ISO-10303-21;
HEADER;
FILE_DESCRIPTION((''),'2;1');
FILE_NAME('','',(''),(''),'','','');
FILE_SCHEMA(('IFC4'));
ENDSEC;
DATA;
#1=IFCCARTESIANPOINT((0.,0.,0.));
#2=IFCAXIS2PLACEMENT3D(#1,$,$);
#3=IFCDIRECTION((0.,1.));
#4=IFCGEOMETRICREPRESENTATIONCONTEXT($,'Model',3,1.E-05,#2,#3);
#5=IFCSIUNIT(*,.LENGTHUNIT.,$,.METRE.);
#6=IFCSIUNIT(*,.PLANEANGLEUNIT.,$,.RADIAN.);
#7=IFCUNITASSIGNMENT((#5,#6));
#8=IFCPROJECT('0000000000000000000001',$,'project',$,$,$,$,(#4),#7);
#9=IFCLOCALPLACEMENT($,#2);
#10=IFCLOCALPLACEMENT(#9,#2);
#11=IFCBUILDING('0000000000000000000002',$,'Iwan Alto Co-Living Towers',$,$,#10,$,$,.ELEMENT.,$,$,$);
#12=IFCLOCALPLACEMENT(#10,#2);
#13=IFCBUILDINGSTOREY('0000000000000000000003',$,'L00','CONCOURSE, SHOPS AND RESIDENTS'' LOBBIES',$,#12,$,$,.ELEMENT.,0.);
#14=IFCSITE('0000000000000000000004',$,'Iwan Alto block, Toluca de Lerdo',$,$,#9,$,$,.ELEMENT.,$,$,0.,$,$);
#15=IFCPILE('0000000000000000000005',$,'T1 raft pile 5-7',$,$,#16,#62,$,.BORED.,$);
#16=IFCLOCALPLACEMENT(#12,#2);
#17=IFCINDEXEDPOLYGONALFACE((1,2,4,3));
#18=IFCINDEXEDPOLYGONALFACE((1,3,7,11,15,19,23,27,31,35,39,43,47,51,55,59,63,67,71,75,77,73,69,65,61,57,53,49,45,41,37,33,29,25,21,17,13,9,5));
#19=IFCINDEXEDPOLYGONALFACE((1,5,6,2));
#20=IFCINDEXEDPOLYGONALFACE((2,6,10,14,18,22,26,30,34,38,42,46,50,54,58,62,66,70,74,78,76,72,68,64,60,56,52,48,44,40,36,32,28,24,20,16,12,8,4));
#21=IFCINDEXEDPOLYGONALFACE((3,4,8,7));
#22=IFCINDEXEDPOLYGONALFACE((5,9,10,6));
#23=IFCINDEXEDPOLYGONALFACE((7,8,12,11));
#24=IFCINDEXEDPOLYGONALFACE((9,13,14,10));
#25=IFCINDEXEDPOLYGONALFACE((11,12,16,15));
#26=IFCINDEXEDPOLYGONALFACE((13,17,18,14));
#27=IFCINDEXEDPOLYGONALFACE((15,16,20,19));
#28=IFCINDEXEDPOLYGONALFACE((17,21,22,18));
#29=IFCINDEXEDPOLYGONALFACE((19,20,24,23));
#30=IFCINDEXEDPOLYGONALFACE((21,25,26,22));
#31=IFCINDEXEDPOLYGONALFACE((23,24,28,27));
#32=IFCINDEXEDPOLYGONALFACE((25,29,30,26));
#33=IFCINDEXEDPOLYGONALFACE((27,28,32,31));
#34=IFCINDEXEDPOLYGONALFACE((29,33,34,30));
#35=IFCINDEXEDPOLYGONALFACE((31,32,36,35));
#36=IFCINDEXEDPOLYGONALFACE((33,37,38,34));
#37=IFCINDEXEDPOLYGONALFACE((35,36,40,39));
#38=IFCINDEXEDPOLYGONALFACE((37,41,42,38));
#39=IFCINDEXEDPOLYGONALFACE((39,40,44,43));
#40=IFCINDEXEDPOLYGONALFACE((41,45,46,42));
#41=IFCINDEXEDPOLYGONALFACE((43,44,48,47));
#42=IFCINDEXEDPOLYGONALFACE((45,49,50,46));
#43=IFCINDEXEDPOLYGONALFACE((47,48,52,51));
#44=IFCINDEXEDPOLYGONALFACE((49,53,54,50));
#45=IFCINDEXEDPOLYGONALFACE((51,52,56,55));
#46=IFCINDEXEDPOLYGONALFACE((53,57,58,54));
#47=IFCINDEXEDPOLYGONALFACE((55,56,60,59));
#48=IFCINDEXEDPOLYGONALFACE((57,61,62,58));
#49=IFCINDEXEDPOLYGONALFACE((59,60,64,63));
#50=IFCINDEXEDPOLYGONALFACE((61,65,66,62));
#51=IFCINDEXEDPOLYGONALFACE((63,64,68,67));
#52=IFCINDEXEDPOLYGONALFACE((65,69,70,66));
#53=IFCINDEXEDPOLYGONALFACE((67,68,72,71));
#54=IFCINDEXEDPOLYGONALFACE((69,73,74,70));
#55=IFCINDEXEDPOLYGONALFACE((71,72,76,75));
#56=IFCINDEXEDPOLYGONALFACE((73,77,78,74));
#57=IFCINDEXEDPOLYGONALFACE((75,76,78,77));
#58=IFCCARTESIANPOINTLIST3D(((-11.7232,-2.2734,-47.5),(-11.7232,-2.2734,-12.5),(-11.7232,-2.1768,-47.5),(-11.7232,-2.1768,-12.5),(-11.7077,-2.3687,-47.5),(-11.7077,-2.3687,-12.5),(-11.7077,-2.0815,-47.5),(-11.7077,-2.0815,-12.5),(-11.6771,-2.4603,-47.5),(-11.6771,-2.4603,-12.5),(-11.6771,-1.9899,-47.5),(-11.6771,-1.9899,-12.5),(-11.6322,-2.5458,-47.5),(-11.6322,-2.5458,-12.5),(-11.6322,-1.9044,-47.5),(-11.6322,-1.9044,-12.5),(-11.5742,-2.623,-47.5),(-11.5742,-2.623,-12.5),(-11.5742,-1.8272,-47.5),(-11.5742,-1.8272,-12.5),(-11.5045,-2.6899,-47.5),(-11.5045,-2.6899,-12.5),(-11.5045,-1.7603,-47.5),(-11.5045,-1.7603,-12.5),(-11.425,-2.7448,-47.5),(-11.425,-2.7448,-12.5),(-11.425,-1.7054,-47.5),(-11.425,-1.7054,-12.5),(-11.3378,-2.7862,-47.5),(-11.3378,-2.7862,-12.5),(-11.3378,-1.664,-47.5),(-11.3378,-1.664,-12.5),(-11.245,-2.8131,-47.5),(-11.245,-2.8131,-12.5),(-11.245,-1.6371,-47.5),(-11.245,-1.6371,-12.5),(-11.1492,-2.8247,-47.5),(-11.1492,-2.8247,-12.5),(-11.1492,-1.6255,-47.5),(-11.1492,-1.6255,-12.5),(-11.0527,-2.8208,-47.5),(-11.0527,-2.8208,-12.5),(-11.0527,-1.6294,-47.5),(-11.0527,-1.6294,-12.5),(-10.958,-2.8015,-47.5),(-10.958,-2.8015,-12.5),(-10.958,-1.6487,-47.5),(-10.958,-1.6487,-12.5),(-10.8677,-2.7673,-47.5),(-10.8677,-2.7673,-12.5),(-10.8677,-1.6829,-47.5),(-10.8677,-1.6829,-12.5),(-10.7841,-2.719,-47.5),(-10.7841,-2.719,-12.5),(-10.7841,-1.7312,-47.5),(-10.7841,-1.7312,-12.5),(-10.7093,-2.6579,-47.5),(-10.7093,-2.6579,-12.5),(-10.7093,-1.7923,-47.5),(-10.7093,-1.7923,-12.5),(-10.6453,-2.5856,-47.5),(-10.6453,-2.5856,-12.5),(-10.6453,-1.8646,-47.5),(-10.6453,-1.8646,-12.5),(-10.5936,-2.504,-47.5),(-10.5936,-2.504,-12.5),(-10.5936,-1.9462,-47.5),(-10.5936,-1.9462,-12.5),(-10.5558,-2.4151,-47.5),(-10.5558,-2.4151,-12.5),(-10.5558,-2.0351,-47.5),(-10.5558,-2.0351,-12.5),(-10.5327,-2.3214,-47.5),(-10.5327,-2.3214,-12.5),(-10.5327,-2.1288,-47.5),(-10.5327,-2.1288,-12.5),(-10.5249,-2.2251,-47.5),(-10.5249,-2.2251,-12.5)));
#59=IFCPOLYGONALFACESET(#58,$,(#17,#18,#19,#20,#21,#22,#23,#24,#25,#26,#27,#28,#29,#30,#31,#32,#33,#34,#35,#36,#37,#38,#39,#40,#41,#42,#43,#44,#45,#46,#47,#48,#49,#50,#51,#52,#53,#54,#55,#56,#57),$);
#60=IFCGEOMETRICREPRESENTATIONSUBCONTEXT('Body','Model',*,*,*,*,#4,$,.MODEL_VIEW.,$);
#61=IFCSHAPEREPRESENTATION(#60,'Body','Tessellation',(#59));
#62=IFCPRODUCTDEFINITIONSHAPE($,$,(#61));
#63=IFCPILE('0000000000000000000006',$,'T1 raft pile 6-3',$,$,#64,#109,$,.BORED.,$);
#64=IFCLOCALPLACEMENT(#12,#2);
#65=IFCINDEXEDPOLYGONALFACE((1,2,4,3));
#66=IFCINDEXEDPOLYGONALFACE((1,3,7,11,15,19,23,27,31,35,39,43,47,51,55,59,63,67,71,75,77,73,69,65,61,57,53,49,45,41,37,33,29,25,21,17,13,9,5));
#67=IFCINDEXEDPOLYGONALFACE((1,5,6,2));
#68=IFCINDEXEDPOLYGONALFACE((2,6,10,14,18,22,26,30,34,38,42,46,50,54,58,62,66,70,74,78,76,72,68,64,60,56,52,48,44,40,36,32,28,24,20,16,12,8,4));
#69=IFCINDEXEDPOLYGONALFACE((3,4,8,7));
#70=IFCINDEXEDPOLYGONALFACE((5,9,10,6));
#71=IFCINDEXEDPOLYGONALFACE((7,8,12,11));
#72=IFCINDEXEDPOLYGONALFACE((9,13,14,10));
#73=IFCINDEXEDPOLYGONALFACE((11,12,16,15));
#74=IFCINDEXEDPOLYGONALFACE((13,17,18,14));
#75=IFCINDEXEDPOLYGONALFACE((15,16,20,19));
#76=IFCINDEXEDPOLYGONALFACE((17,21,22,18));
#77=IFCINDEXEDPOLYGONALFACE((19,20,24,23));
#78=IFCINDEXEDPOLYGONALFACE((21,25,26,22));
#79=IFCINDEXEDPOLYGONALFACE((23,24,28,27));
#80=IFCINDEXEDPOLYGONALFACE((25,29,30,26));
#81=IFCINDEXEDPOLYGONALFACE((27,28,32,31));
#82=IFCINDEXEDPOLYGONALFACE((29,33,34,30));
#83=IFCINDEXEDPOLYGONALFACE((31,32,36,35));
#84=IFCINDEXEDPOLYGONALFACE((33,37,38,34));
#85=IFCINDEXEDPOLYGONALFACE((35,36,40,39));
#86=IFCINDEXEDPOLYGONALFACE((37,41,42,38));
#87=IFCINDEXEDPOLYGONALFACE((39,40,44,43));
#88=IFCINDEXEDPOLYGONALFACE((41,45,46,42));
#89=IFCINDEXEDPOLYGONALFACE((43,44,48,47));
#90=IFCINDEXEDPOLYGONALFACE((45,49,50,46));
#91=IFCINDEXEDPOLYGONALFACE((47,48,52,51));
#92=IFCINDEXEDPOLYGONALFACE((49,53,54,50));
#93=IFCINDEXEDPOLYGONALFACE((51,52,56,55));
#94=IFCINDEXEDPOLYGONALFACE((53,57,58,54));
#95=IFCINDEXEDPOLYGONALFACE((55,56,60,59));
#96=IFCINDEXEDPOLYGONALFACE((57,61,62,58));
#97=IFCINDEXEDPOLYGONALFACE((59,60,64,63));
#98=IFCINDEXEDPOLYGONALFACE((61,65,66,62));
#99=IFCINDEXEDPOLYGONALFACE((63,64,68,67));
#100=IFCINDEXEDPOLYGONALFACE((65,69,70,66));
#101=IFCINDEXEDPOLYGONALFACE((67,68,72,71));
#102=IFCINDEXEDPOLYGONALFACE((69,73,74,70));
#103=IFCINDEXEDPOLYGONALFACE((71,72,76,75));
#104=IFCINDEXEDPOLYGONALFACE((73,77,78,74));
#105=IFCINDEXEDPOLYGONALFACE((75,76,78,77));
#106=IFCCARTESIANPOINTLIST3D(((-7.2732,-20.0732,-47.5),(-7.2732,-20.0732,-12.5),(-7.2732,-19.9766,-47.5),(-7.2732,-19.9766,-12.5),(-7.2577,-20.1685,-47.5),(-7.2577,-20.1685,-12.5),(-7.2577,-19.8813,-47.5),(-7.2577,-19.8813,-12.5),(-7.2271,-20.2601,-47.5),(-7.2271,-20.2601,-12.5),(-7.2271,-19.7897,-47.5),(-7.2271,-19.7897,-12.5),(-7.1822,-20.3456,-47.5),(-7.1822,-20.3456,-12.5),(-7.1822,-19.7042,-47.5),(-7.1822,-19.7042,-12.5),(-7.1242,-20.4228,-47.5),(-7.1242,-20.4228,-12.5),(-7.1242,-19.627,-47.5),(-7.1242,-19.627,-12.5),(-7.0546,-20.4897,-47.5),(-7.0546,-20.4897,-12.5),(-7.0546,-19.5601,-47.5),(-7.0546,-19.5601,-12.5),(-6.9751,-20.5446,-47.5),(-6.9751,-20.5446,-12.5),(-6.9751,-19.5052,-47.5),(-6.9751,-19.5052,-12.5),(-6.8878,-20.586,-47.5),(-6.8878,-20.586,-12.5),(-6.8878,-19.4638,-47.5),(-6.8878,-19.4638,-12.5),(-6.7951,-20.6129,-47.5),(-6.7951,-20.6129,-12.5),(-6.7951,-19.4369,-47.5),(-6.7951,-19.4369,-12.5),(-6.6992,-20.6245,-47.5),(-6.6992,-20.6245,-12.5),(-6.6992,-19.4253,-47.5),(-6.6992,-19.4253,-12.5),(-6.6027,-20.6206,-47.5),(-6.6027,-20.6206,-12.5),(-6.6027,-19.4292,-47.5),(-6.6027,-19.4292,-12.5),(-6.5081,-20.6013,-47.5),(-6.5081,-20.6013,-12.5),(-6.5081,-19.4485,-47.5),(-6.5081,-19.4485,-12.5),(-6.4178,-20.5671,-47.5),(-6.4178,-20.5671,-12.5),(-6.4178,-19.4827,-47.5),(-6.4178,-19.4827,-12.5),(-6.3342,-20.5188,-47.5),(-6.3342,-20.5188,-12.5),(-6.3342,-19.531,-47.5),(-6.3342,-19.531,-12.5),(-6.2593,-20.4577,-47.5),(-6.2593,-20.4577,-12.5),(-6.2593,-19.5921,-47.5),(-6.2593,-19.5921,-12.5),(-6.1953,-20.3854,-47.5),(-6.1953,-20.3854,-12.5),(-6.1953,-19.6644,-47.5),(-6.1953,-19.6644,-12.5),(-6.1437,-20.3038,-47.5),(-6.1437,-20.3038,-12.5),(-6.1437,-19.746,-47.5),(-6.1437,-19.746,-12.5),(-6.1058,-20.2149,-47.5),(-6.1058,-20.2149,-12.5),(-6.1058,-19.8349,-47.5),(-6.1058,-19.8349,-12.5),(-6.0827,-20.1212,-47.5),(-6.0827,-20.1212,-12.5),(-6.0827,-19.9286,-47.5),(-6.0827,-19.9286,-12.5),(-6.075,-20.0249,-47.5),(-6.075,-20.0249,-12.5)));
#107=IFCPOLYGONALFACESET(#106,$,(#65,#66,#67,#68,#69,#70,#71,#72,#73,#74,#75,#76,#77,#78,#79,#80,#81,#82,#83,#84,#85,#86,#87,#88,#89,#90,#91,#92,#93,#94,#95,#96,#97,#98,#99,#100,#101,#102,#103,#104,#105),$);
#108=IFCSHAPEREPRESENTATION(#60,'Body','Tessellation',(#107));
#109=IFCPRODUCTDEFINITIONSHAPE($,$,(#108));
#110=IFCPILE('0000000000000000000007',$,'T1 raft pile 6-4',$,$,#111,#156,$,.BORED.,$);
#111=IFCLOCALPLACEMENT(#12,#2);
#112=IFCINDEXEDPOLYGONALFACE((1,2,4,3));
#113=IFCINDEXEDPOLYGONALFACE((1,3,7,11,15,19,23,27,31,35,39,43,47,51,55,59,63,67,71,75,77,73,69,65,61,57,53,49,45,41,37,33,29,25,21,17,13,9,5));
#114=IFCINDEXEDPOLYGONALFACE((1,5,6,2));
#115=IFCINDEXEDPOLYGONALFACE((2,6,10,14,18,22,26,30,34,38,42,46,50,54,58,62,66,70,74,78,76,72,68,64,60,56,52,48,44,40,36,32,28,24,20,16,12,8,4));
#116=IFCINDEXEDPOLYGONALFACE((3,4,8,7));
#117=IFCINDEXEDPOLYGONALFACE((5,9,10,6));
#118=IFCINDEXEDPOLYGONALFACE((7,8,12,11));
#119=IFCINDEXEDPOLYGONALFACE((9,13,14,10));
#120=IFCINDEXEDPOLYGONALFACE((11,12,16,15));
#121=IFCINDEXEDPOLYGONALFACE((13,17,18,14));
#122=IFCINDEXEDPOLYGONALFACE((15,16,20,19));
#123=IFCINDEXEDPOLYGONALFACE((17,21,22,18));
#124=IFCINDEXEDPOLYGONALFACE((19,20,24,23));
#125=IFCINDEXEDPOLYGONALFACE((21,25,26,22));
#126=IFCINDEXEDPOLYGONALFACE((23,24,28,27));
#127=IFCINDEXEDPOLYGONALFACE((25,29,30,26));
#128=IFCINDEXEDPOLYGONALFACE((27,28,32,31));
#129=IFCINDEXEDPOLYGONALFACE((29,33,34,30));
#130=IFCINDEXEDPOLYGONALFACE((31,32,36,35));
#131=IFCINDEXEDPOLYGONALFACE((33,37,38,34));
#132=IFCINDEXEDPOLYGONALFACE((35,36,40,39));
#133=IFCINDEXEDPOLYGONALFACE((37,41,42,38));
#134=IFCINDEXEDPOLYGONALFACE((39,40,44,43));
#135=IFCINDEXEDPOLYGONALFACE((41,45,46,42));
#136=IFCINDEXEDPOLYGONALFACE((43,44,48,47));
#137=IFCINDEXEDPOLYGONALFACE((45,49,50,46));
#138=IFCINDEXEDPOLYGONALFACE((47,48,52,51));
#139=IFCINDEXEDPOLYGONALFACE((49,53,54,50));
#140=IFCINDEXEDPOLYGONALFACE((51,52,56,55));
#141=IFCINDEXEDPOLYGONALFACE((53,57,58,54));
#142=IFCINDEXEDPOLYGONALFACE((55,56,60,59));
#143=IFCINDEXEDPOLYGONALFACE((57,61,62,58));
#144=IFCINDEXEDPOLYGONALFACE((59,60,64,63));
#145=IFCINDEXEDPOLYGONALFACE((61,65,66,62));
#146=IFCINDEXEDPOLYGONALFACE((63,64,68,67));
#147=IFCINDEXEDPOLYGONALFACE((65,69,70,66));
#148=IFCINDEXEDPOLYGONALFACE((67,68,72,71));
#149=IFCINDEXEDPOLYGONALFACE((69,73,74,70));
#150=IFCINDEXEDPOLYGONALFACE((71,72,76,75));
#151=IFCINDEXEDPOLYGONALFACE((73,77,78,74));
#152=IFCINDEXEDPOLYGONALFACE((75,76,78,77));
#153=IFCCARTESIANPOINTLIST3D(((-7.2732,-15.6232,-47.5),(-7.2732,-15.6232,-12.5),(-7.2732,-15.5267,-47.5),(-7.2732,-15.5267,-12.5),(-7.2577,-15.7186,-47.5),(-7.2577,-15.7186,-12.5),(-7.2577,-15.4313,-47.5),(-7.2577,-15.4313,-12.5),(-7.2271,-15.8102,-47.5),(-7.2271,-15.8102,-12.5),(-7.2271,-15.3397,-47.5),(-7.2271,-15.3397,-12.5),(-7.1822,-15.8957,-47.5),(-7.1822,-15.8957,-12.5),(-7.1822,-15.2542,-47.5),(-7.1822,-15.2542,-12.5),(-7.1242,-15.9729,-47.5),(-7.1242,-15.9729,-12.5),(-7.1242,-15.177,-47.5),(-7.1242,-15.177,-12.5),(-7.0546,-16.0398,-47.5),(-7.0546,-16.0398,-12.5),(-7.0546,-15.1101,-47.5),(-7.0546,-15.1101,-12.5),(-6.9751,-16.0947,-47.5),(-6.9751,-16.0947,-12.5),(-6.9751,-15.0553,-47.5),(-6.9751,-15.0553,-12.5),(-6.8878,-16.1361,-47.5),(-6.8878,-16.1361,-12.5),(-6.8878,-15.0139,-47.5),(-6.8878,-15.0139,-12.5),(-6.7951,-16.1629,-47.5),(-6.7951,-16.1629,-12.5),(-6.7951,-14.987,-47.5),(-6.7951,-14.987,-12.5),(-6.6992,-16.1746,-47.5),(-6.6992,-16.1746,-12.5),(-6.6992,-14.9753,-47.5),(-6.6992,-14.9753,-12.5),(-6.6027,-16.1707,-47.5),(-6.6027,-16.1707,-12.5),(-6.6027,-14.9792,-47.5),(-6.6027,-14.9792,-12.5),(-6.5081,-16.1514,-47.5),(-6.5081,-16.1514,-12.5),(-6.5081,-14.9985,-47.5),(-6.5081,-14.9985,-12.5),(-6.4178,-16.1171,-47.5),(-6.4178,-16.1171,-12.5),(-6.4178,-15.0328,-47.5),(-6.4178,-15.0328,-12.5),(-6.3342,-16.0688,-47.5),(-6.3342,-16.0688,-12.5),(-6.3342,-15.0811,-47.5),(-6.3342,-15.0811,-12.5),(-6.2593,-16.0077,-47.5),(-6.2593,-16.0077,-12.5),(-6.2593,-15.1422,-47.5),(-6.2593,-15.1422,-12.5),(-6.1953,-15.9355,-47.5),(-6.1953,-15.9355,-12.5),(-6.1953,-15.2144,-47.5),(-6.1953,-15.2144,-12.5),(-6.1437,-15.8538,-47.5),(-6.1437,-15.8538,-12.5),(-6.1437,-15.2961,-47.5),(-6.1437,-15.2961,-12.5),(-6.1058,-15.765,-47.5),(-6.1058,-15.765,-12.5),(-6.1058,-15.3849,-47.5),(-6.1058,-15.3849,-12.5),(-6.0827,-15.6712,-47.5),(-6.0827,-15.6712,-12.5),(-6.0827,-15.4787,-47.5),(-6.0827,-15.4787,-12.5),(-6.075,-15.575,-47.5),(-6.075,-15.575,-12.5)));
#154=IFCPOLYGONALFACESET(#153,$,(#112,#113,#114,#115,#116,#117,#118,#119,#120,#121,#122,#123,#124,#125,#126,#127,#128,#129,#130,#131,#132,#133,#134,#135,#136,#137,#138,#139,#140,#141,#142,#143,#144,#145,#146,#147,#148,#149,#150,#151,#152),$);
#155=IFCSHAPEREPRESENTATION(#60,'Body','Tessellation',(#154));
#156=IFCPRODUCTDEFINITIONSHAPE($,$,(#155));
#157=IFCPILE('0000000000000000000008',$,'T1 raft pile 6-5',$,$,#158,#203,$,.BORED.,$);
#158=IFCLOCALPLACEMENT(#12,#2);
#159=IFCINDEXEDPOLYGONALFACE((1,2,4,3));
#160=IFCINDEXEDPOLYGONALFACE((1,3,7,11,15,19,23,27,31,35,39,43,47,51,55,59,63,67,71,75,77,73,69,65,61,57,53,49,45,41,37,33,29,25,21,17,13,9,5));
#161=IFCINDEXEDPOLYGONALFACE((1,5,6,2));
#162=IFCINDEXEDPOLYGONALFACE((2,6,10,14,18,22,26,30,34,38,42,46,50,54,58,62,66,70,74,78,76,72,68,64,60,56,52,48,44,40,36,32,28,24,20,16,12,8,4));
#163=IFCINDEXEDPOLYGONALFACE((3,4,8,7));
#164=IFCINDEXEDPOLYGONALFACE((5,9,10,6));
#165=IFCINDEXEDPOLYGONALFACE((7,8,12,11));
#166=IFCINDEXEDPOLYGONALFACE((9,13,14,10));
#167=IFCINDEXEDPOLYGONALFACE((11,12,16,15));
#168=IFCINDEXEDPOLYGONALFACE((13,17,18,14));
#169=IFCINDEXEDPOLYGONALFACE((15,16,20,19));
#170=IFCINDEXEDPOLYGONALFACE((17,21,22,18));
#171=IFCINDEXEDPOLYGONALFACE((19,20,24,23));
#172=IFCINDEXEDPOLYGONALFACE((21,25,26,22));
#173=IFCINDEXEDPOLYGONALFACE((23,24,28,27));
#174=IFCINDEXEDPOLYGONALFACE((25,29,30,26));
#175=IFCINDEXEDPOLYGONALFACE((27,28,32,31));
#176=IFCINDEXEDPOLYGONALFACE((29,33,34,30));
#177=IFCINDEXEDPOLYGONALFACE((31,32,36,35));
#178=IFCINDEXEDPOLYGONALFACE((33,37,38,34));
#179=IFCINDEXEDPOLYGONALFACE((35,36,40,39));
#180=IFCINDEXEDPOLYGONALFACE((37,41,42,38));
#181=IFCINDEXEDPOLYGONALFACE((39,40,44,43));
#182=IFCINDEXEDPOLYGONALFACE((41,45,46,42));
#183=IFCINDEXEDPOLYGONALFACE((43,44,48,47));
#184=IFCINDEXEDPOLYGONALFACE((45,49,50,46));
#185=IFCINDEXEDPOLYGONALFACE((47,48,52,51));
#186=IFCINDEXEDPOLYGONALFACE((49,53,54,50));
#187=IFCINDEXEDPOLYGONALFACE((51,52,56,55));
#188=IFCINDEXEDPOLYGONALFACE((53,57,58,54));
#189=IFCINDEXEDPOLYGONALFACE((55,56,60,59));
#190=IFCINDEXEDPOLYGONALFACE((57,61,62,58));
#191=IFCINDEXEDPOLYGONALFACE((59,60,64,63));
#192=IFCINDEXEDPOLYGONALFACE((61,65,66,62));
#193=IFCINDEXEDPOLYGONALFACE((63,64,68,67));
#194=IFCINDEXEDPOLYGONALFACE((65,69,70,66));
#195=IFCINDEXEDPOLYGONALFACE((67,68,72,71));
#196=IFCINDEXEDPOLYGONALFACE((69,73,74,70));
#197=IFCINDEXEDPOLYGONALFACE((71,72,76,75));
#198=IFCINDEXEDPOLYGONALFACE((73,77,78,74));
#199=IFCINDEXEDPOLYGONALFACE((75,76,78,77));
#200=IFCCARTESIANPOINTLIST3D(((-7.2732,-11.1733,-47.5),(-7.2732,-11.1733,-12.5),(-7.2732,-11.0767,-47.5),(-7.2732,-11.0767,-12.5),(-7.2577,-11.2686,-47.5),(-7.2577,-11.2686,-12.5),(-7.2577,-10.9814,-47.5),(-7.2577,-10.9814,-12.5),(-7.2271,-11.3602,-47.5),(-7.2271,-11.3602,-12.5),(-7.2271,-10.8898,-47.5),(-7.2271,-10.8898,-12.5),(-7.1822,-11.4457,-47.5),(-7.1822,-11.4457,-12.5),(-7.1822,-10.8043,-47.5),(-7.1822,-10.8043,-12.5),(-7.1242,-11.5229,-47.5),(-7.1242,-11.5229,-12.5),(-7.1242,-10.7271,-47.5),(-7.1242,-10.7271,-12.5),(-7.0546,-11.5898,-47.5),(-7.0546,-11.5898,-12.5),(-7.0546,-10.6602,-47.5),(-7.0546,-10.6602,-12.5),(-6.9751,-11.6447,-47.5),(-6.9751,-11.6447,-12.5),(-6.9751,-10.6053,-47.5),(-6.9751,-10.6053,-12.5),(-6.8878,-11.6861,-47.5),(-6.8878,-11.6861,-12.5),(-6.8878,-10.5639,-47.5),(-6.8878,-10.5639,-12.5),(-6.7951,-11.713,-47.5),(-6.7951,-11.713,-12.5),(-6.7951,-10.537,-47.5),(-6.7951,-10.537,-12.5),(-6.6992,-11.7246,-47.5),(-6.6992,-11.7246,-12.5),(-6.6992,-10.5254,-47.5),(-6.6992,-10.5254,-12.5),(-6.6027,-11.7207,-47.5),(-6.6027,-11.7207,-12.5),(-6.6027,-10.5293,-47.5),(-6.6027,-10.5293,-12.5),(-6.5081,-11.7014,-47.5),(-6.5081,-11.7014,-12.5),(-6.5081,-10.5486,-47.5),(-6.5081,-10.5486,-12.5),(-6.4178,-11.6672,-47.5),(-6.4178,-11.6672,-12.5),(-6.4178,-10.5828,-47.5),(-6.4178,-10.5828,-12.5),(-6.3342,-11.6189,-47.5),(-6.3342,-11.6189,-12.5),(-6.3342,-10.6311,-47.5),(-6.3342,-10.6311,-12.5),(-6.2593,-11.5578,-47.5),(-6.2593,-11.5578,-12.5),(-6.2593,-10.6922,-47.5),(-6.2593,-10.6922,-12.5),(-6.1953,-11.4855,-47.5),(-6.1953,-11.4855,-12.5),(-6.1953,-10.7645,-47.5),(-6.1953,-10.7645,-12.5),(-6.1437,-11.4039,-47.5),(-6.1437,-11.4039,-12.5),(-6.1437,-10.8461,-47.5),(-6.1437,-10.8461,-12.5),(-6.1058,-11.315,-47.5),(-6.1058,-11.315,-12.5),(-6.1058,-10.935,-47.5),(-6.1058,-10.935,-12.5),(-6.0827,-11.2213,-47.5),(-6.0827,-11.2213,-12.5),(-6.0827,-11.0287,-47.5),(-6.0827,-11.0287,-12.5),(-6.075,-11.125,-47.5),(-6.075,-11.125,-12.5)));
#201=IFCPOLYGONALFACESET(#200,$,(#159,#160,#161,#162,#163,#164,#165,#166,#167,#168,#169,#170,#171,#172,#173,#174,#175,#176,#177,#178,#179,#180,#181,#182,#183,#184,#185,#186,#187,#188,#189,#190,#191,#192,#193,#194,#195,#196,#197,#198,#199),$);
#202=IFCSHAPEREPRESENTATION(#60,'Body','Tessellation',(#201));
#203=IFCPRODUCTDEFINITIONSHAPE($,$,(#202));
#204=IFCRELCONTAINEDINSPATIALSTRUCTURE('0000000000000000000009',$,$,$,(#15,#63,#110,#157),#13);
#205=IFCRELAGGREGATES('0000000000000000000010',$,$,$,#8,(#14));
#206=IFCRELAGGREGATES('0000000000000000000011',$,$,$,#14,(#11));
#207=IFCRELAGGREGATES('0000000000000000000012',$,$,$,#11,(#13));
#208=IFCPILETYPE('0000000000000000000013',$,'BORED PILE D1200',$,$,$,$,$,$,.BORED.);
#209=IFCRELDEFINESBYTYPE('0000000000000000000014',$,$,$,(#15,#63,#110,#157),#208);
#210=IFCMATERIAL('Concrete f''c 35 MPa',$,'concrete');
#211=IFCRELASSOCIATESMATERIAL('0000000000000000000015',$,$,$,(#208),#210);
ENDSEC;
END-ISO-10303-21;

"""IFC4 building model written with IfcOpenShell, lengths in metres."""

from ifc_helpers import new_model, si_unit, direction, frame, origin, origin_2d, place, context, subcontext, project, spatial, circle, extrude, material, material_profile, profile_set, type_object, element, save


model = new_model("IFC4")

# Units and contexts
model_context = context("Model", 3, precision=1e-05, world=origin(), true_north=direction((0.0, 1.0)))
body_context = subcontext(model_context, "Body", "Model", "MODEL_VIEW")
ifc_project = project(units=[si_unit("LENGTHUNIT", "METRE"), si_unit("PLANEANGLEUNIT", "RADIAN")], contexts=[model_context])

# Site, building, storey
site_placement = place(None, origin())
site = spatial("IfcSite", under=ifc_project, at=site_placement, Name="Iwan Alto block, Toluca de Lerdo", CompositionType="ELEMENT", RefElevation=0.0)
building_placement = place(site_placement, origin())
building = spatial("IfcBuilding", under=site, at=building_placement, Name="Iwan Alto Co-Living Towers", CompositionType="ELEMENT")
storey_placement = place(building_placement, origin())
storey = spatial("IfcBuildingStorey", under=building, at=storey_placement, Name="L00", Description="CONCOURSE, SHOPS AND RESIDENTS' LOBBIES", CompositionType="ELEMENT", Elevation=0.0)

# Piles
ifc_material_1 = material(Name="Concrete f'c 35 MPa", Category="concrete")
ifc_material_profile_1 = material_profile(ifc_material_1, circle(Radius=0.6001, at=origin_2d()), Name="D1200")
ifc_profile_set_1 = profile_set([ifc_material_profile_1], Name="Concrete f'c 35 MPa")
pile_type = type_object("IfcPileType", Name="BORED PILE D1200", PredefinedType="BORED", material=ifc_profile_set_1)
for number, where, z_axis, x_axis, name in (
    (1, (-11.125, -2.2251, -12.5), (0.0, 0.0, -1.0), (1.0, 0.0, 0.0), "T1 raft pile 5-7"),
    (2, (-6.675, -20.0249, -12.5), (0.0, 0.0, -1.0), (1.0, 0.0, 0.0), "T1 raft pile 6-3"),
    (3, (-6.675, -15.575, -12.5), (0.0, 0.0, -1.0), (1.0, 0.0, 0.0), "T1 raft pile 6-4"),
    (4, (-6.675, -11.125, -12.5), (0.0, 0.0, -1.0), (1.0, 0.0, 0.0), "T1 raft pile 6-5"),
):
    element("IfcPile", number, at=place(storey_placement, frame(where, z_axis=z_axis, x_axis=x_axis)), inside=storey, type_object=pile_type, Name=name, PredefinedType="BORED", context=body_context, shape_type="SweptSolid", body=[
        extrude(circle(Radius=0.6001, at=origin_2d()), origin(), (0.0, 0.0, 1.0), 35.0),
    ])

save(model, "model.ifc")
